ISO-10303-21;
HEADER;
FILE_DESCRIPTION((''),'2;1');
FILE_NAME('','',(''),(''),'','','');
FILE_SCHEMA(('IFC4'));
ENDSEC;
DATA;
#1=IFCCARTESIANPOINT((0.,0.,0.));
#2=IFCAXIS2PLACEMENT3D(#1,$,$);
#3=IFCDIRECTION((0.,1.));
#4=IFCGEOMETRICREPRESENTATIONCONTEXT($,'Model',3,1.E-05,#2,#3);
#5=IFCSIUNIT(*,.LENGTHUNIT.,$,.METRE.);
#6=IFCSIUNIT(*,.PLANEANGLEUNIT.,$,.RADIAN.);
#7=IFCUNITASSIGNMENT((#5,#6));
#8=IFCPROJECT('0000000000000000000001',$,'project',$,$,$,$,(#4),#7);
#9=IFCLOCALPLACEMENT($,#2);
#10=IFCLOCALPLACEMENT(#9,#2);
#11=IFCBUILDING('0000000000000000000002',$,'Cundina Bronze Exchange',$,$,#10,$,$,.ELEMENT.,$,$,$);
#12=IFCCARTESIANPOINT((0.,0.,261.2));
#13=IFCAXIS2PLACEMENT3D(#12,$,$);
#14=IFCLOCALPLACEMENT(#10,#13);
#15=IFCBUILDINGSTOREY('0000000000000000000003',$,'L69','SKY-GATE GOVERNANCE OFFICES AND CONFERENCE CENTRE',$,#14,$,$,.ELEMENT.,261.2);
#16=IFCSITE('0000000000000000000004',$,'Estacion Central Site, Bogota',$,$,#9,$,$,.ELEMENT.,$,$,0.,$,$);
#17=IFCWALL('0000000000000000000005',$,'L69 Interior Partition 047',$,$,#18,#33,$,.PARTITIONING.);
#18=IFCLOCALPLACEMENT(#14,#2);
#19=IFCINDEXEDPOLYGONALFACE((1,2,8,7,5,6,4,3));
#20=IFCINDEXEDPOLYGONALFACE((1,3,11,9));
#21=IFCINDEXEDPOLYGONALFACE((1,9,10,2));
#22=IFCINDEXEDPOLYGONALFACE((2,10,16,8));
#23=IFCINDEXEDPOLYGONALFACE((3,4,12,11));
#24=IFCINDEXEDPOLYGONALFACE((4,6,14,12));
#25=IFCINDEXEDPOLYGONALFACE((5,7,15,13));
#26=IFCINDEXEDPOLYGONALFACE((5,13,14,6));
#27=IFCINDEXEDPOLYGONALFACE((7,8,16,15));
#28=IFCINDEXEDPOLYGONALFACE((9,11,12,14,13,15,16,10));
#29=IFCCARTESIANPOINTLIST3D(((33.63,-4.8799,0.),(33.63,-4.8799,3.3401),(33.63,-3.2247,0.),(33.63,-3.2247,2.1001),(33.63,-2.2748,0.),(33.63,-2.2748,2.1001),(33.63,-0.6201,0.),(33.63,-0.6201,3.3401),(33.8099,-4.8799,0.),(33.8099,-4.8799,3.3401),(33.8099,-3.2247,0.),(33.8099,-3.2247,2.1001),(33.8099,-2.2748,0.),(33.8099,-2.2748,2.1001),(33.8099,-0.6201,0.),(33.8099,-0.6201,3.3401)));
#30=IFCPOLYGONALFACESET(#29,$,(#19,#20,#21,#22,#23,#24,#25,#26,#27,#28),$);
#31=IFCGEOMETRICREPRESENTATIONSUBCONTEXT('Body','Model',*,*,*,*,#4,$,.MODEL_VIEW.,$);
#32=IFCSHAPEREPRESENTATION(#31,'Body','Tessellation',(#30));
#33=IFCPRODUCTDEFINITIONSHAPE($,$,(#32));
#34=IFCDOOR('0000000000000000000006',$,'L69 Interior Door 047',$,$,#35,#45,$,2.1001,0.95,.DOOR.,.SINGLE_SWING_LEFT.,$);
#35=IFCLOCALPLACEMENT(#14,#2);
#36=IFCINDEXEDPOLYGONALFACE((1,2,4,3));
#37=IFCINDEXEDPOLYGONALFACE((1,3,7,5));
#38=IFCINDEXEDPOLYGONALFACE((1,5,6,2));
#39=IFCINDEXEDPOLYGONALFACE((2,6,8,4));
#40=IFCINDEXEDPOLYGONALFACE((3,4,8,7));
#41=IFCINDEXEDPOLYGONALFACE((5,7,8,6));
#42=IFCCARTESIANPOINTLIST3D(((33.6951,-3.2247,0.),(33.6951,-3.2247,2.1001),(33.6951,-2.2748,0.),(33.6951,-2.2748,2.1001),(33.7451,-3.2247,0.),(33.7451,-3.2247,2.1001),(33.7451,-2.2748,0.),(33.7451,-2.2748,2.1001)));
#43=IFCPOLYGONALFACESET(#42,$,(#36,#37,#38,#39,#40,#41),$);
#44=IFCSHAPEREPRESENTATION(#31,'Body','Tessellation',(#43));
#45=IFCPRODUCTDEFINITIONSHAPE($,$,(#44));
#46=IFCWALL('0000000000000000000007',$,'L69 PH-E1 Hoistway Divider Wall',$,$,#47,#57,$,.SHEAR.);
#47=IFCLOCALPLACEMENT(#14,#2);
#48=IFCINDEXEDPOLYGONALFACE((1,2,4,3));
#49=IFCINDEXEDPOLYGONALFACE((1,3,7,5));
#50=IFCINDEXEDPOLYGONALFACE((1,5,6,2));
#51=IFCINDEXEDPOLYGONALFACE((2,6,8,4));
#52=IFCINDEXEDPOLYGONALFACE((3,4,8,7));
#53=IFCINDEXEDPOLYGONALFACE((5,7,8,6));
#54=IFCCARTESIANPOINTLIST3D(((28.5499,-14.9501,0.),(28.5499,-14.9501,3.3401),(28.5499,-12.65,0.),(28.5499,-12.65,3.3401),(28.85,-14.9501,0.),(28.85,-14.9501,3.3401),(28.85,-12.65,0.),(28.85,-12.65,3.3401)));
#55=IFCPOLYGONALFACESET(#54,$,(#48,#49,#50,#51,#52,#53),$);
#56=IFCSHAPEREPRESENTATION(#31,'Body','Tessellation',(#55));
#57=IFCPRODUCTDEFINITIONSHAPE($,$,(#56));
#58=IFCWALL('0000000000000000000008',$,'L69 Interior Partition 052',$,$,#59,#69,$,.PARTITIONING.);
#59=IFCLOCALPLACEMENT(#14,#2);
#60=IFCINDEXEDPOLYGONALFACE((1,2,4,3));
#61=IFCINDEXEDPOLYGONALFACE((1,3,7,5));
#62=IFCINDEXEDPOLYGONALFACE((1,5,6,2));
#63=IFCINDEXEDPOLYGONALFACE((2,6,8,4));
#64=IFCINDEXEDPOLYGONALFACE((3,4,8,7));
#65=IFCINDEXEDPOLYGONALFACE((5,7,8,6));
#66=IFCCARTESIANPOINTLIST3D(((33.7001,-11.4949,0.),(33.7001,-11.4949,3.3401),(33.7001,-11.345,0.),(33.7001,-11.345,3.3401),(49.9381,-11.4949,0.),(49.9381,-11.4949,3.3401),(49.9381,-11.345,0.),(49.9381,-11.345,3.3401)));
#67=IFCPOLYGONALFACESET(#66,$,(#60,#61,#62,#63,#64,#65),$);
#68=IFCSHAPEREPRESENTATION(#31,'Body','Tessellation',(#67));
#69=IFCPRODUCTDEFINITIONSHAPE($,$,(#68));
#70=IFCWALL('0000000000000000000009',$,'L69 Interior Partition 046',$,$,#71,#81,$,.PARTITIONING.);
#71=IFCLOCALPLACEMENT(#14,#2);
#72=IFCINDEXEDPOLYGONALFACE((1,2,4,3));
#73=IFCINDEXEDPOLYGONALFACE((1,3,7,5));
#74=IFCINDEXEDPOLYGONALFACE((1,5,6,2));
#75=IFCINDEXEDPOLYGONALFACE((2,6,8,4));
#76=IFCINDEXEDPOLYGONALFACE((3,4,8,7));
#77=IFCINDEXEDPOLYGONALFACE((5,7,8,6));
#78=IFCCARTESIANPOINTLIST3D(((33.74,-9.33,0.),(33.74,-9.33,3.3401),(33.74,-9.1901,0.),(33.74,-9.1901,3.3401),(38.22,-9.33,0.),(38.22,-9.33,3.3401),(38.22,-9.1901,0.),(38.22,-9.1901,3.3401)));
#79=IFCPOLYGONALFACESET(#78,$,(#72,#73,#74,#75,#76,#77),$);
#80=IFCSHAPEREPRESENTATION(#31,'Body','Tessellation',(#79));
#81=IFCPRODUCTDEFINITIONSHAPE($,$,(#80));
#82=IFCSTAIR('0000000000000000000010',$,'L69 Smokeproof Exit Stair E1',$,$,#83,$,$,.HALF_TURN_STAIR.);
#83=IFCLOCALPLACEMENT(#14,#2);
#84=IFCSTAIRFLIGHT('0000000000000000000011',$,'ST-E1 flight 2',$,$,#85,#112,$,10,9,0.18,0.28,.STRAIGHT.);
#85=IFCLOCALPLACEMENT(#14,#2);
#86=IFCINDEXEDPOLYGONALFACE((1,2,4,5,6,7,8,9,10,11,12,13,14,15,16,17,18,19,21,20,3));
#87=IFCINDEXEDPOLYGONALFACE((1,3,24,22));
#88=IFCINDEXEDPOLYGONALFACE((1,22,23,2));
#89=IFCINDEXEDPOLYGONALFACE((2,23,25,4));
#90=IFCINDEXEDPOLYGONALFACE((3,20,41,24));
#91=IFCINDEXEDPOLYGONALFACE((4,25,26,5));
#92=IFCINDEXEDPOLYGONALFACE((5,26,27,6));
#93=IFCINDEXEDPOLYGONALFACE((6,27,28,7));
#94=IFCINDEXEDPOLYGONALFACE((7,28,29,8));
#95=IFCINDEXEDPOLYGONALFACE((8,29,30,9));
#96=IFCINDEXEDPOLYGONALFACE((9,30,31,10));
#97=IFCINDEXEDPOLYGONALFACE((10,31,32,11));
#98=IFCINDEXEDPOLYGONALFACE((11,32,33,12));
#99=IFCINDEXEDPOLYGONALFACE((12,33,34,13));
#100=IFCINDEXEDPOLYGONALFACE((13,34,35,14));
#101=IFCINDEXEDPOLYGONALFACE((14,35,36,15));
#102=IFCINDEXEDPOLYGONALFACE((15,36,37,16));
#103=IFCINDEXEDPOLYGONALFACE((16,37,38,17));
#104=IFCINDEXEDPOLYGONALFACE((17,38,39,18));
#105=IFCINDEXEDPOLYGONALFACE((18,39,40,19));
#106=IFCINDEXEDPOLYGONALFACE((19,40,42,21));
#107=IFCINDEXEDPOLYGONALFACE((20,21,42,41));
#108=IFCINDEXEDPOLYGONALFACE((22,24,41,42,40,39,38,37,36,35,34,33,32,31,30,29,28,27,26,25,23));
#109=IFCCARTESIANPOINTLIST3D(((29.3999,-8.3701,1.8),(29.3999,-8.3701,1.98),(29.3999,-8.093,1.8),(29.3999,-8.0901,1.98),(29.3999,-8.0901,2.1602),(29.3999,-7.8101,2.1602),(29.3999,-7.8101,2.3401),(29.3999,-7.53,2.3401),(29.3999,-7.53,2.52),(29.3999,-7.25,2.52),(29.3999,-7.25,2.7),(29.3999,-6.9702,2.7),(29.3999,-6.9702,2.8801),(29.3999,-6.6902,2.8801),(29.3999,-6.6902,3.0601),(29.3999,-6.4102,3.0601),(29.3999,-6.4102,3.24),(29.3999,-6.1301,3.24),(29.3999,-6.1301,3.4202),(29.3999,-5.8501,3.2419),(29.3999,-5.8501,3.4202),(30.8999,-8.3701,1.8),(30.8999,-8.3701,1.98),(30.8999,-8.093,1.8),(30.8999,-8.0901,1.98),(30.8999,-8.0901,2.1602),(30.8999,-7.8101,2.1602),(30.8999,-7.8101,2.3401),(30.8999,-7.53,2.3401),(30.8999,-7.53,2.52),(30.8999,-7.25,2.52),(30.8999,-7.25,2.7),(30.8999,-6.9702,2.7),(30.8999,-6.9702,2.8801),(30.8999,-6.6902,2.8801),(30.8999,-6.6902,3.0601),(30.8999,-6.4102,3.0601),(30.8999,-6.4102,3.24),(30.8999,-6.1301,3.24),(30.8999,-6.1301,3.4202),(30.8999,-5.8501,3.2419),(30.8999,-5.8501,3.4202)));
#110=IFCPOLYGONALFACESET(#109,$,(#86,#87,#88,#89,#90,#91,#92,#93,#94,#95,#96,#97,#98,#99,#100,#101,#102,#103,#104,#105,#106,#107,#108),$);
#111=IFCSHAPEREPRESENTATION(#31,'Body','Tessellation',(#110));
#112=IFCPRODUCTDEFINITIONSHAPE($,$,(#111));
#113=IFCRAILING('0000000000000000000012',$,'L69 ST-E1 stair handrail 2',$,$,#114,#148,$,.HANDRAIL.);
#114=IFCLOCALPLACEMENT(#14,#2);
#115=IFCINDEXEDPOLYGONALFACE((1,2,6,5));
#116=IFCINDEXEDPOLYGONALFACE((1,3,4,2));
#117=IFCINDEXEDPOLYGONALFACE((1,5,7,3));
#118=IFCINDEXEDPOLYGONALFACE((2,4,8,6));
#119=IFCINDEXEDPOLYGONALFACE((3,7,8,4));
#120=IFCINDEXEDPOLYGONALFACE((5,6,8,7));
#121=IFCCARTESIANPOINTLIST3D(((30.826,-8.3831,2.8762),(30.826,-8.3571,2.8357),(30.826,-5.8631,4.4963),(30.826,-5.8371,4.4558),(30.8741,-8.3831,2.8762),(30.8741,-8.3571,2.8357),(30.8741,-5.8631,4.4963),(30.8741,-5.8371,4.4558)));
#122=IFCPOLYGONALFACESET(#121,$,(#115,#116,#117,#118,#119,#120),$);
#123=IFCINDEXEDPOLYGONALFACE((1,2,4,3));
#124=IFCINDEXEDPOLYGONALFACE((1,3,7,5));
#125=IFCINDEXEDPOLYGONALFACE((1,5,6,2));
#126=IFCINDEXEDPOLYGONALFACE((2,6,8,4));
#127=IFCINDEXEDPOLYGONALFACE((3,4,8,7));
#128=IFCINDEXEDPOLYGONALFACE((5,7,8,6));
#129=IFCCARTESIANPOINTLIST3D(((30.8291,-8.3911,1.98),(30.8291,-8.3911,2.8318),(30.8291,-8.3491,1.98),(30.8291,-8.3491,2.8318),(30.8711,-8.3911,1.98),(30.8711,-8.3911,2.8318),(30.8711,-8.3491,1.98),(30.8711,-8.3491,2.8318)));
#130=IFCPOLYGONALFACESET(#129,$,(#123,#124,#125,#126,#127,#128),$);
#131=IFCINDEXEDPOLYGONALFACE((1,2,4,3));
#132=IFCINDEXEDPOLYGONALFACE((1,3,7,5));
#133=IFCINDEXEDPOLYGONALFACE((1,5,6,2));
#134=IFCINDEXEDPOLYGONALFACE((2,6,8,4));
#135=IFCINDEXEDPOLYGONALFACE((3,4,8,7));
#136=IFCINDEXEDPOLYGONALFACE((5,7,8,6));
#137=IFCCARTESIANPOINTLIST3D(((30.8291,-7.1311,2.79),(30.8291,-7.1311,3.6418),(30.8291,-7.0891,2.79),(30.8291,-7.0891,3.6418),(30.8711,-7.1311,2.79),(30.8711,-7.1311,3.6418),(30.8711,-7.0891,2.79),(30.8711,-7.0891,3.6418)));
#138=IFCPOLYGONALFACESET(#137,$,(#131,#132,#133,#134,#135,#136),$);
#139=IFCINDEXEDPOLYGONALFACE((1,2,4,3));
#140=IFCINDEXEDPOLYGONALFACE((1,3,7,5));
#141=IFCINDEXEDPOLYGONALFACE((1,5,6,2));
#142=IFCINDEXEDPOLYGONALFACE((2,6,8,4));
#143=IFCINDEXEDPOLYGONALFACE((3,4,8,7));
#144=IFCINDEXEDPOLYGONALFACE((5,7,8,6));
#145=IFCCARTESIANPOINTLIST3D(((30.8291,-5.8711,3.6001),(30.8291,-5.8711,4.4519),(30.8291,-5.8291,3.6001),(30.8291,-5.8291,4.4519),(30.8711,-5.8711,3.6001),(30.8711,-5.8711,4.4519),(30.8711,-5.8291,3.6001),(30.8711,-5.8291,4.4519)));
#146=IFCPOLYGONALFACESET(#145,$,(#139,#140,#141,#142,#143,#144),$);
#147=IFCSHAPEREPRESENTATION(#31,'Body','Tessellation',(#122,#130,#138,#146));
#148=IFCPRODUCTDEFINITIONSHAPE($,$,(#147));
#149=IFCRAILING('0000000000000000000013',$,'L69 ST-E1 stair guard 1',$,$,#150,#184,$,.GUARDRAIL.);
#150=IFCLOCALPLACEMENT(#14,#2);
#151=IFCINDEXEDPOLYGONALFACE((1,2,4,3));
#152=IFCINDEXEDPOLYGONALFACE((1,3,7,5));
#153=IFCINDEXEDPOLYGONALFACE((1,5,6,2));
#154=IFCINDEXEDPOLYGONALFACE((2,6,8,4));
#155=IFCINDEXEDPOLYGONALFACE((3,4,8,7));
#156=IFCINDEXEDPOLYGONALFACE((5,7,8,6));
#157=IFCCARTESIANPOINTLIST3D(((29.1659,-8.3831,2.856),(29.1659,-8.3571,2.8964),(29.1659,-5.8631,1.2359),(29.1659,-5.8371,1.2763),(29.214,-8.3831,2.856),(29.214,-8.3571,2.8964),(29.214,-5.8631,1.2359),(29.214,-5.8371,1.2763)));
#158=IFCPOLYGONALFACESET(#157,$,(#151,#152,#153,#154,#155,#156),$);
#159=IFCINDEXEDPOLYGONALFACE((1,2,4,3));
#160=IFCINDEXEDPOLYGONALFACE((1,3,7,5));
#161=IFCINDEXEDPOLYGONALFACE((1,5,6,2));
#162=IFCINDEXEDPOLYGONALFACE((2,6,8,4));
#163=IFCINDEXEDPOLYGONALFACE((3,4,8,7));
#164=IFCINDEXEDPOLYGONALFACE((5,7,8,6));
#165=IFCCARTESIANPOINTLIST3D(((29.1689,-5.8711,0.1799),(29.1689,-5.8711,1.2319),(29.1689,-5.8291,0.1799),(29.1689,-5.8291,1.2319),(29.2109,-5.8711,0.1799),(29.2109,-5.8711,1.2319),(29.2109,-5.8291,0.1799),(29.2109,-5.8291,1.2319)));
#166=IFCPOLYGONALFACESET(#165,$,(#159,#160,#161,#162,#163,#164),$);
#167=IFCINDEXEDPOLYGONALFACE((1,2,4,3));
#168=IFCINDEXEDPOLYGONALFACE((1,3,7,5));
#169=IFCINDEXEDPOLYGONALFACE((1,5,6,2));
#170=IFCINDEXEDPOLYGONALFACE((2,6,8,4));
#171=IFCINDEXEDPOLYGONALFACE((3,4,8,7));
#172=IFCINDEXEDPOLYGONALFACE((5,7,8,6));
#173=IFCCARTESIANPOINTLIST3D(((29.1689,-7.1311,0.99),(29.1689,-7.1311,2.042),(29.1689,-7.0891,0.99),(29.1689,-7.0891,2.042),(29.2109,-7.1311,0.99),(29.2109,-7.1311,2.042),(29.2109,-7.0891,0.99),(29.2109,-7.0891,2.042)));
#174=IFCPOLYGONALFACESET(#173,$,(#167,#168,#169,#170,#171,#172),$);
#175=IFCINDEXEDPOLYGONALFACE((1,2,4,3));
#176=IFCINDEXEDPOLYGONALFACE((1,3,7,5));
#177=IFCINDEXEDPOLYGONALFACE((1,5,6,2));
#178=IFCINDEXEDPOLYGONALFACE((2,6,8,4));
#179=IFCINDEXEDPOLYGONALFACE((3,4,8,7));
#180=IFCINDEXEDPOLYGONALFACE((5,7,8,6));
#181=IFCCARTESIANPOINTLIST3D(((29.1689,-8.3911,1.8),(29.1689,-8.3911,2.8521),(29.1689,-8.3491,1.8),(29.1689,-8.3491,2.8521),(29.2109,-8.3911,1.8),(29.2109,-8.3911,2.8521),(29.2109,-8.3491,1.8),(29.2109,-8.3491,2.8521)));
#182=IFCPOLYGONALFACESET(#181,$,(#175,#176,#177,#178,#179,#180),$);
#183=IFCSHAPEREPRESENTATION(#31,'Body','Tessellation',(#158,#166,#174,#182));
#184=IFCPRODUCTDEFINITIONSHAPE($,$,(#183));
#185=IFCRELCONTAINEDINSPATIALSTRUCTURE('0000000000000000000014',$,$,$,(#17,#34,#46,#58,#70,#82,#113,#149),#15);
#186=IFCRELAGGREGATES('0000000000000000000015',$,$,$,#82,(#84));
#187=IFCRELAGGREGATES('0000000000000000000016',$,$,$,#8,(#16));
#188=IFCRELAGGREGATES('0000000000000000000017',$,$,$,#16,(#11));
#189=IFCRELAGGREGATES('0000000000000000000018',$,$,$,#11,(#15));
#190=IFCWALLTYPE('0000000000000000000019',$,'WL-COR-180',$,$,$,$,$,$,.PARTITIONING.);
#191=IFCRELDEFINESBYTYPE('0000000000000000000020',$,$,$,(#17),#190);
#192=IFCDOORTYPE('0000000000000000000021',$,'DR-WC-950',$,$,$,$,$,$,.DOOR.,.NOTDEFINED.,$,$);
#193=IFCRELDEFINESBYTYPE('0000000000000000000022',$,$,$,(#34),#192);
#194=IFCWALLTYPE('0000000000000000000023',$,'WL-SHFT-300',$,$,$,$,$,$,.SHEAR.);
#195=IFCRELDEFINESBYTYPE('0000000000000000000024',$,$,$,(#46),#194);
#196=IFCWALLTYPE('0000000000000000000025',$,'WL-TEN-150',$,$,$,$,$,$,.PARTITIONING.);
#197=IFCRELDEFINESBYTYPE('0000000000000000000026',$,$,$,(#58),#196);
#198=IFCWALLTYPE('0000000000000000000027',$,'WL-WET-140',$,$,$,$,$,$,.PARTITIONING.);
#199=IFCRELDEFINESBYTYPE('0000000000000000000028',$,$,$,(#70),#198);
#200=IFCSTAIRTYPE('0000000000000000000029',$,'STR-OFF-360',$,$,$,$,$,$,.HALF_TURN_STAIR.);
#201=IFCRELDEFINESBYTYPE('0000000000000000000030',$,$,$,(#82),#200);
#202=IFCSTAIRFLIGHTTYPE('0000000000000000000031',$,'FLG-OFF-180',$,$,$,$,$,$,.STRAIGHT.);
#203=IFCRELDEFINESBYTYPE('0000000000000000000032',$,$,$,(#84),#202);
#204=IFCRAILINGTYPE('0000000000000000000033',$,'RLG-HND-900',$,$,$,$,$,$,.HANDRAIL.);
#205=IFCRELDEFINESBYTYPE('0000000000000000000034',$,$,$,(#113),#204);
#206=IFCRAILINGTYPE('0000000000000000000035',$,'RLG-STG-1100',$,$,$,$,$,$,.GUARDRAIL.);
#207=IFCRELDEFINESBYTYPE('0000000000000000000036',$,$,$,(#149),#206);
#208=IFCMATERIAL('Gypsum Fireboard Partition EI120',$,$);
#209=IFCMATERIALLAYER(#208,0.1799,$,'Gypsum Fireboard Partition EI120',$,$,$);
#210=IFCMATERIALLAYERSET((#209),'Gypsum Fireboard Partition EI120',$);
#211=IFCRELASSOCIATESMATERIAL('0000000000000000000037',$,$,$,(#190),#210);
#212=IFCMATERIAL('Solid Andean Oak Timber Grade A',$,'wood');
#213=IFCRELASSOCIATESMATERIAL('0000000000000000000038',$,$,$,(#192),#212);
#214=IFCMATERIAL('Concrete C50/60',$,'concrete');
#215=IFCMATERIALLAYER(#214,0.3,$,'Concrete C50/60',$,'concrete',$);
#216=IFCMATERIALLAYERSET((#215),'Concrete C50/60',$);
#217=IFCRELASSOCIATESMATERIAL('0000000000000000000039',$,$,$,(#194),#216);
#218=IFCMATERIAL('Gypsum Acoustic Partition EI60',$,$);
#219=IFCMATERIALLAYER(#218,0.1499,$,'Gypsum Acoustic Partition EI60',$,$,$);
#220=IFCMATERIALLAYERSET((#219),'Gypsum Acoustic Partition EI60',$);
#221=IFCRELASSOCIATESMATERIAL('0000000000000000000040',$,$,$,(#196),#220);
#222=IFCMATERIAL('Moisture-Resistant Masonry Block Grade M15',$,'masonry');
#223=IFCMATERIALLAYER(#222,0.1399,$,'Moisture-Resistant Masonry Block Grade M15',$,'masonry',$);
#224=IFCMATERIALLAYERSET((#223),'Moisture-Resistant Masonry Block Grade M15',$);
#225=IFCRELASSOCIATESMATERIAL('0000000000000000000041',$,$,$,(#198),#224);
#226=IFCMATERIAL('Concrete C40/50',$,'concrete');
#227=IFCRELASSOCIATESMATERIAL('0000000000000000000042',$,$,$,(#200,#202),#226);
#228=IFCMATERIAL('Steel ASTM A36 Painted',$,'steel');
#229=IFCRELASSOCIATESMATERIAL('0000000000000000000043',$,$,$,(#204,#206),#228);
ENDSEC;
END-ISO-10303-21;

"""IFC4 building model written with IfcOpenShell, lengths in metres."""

from ifc_helpers import new_model, si_unit, direction, frame, frame_2d, origin, origin_2d, place, context, subcontext, project, spatial, polyline, rectangle, outline, extrude, material, layer, layer_set, type_object, element, fill, aggregate, save


model = new_model("IFC4")

# Units and contexts
model_context = context("Model", 3, precision=1e-05, world=origin(), true_north=direction((0.0, 1.0)))
body_context = subcontext(model_context, "Body", "Model", "MODEL_VIEW")
ifc_project = project(units=[si_unit("LENGTHUNIT", "METRE"), si_unit("PLANEANGLEUNIT", "RADIAN")], contexts=[model_context])

# Site, building, storey
site_placement = place(None, origin())
site = spatial("IfcSite", under=ifc_project, at=site_placement, Name="Estacion Central Site, Bogota", CompositionType="ELEMENT", RefElevation=0.0)
building_placement = place(site_placement, origin())
building = spatial("IfcBuilding", under=site, at=building_placement, Name="Cundina Bronze Exchange", CompositionType="ELEMENT")
storey_placement = place(building_placement, frame((0.0, 0.0, 261.2)))
storey = spatial("IfcBuildingStorey", under=building, at=storey_placement, Name="L69", Description="SKY-GATE GOVERNANCE OFFICES AND CONFERENCE CENTRE", CompositionType="ELEMENT", Elevation=261.2)

# Wall, opening, door
ifc_material_1 = material(Name="Gypsum Fireboard Partition EI120")
ifc_layer_1 = layer(ifc_material_1, 0.1799, Name="Gypsum Fireboard Partition EI120")
ifc_layer_set_1 = layer_set([ifc_layer_1], Name="Gypsum Fireboard Partition EI120")
wall_type_1 = type_object("IfcWallType", Name="WL-COR-180", PredefinedType="PARTITIONING", material=ifc_layer_set_1)
wall_1_placement = place(storey_placement, frame((33.72, -4.8799, 0.0), z_axis=(0.0, 0.0, 1.0), x_axis=(0.0, 1.0, 0.0)))
wall_1 = element("IfcWall", 1, at=wall_1_placement, inside=storey, type_object=wall_type_1, Name="L69 Interior Partition 047", PredefinedType="PARTITIONING", context=body_context, shape_type="SweptSolid", body=[
    extrude(rectangle(XDim=4.2598, YDim=0.1799, at=frame_2d((2.1299, 0.0))), origin(), (0.0, 0.0, 1.0), 3.3401),
])
opening_1_placement = place(wall_1_placement, frame((1.655, 0.0, 0.0)))
opening_1 = element("IfcOpeningElement", 2, at=opening_1_placement, cuts=wall_1, PredefinedType="OPENING", context=body_context, shape_type="SweptSolid", body=[
    extrude(rectangle(XDim=0.95, YDim=2.1001, at=frame_2d((0.4751, 1.05))), frame((0.0, 0.0999, 0.0), z_axis=(0.0, -1.0, 0.0), x_axis=(1.0, 0.0, 0.0)), (0.0, 0.0, 1.0), 0.2),
])
ifc_material_2 = material(Name="Solid Andean Oak Timber Grade A", Category="wood")
door_type_1 = type_object("IfcDoorType", Name="DR-WC-950", OperationType="NOTDEFINED", PredefinedType="DOOR", material=ifc_material_2)
door_1_placement = place(opening_1_placement, origin())
door_1 = element("IfcDoor", 3, at=door_1_placement, inside=storey, type_object=door_type_1, Name="L69 Interior Door 047", OperationType="SINGLE_SWING_LEFT", OverallHeight=2.1001, OverallWidth=0.95, PredefinedType="DOOR", context=body_context, shape_type="SweptSolid", body=[
    extrude(rectangle(XDim=0.95, YDim=2.1001, at=frame_2d((0.4751, 1.05))), frame((0.0, 0.0249, 0.0), z_axis=(0.0, -1.0, 0.0), x_axis=(1.0, 0.0, 0.0)), (0.0, 0.0, 1.0), 0.05),
])
fill(opening_1, door_1)

# Walls
ifc_material_3 = material(Name="Concrete C50/60", Category="concrete")
ifc_layer_2 = layer(ifc_material_3, 0.3, Name="Concrete C50/60", Category="concrete")
ifc_layer_set_2 = layer_set([ifc_layer_2], Name="Concrete C50/60")
wall_type_2 = type_object("IfcWallType", Name="WL-SHFT-300", PredefinedType="SHEAR", material=ifc_layer_set_2)
wall_2_placement = place(storey_placement, frame((28.7, -14.95, 0.0), z_axis=(0.0, 0.0, 1.0), x_axis=(0.0, 1.0, 0.0)))
element("IfcWall", 4, at=wall_2_placement, inside=storey, type_object=wall_type_2, Name="L69 PH-E1 Hoistway Divider Wall", PredefinedType="SHEAR", context=body_context, shape_type="SweptSolid", body=[
    extrude(rectangle(XDim=2.3, YDim=0.3, at=frame_2d((1.1499, 0.0))), origin(), (0.0, 0.0, 1.0), 3.3401),
])
ifc_material_4 = material(Name="Gypsum Acoustic Partition EI60")
ifc_layer_3 = layer(ifc_material_4, 0.1499, Name="Gypsum Acoustic Partition EI60")
ifc_layer_set_3 = layer_set([ifc_layer_3], Name="Gypsum Acoustic Partition EI60")
wall_type_3 = type_object("IfcWallType", Name="WL-TEN-150", PredefinedType="PARTITIONING", material=ifc_layer_set_3)
wall_3_placement = place(storey_placement, frame((33.7, -11.4199, 0.0), z_axis=(0.0, 0.0, 1.0), x_axis=(1.0, 0.0, 0.0)))
element("IfcWall", 5, at=wall_3_placement, inside=storey, type_object=wall_type_3, Name="L69 Interior Partition 052", PredefinedType="PARTITIONING", context=body_context, shape_type="SweptSolid", body=[
    extrude(rectangle(XDim=16.238, YDim=0.1499, at=frame_2d((8.1191, 0.0))), origin(), (0.0, 0.0, 1.0), 3.3401),
])
ifc_material_5 = material(Name="Moisture-Resistant Masonry Block Grade M15", Category="masonry")
ifc_layer_4 = layer(ifc_material_5, 0.1399, Name="Moisture-Resistant Masonry Block Grade M15", Category="masonry")
ifc_layer_set_4 = layer_set([ifc_layer_4], Name="Moisture-Resistant Masonry Block Grade M15")
wall_type_4 = type_object("IfcWallType", Name="WL-WET-140", PredefinedType="PARTITIONING", material=ifc_layer_set_4)
wall_4_placement = place(storey_placement, frame((33.74, -9.26, 0.0), z_axis=(0.0, 0.0, 1.0), x_axis=(1.0, 0.0, 0.0)))
element("IfcWall", 6, at=wall_4_placement, inside=storey, type_object=wall_type_4, Name="L69 Interior Partition 046", PredefinedType="PARTITIONING", context=body_context, shape_type="SweptSolid", body=[
    extrude(rectangle(XDim=4.48, YDim=0.1399, at=frame_2d((2.24, 0.0))), origin(), (0.0, 0.0, 1.0), 3.3401),
])

# Stair, stair flight
ifc_material_6 = material(Name="Concrete C40/50", Category="concrete")
stair_type = type_object("IfcStairType", Name="STR-OFF-360", PredefinedType="HALF_TURN_STAIR", material=ifc_material_6)
stair_placement = place(storey_placement, origin())
stair = element("IfcStair", 7, at=stair_placement, inside=storey, type_object=stair_type, Name="L69 Smokeproof Exit Stair E1", PredefinedType="HALF_TURN_STAIR")
stair_flight_type = type_object("IfcStairFlightType", Name="FLG-OFF-180", PredefinedType="STRAIGHT", material=ifc_material_6)
stair_flight_placement = place(storey_placement, frame((30.1499, -8.3701, 1.8), z_axis=(0.0, 0.0, 1.0), x_axis=(0.0, 1.0, 0.0)))
stair_flight = element("IfcStairFlight", 8, at=stair_flight_placement, type_object=stair_flight_type, Name="ST-E1 flight 2", NumberOfRisers=10, NumberOfTreads=9, PredefinedType="STRAIGHT", RiserHeight=0.18, TreadLength=0.28, context=body_context, shape_type="SweptSolid", body=[
    extrude(outline(polyline([(0.0, 0.0), (0.0, 0.1799), (0.28, 0.1799), (0.28, 0.3601), (0.5601, 0.3601), (0.5601, 0.54), (0.8401, 0.54), (0.8401, 0.72), (1.1201, 0.72), (1.1201, 0.8999), (1.3999, 0.8999), (1.3999, 1.0801), (1.6799, 1.0801), (1.6799, 1.26), (1.96, 1.26), (1.96, 1.4399), (2.24, 1.4399), (2.24, 1.6201), (2.52, 1.6201), (2.52, 1.8), (2.52, 1.4419), (0.2771, 0.0), (0.0, 0.0)])), frame((0.0, 0.75, 0.0), z_axis=(0.0, -1.0, 0.0), x_axis=(1.0, 0.0, 0.0)), (0.0, 0.0, 1.0), 1.5),
])
aggregate(stair, [stair_flight])

# Railings
ifc_material_7 = material(Name="Steel ASTM A36 Painted", Category="steel")
railing_type_1 = type_object("IfcRailingType", Name="RLG-HND-900", PredefinedType="HANDRAIL", material=ifc_material_7)
railing_1_placement = place(storey_placement, frame((30.8501, -8.3701, 1.98)))
element("IfcRailing", 9, at=railing_1_placement, inside=storey, type_object=railing_type_1, Name="L69 ST-E1 stair handrail 2", PredefinedType="HANDRAIL", context=body_context, shape_type="SweptSolid", body=[
    extrude(rectangle(XDim=0.0481, YDim=0.0481, at=origin_2d()), frame((0.0, 0.0, 0.876), z_axis=(0.0, 0.841163, 0.540782), x_axis=(-1.0, 0.0, 0.0)), (0.0, 0.0, 1.0), 2.9958),
    extrude(rectangle(XDim=0.042, YDim=0.042, at=origin_2d()), origin(), (0.0, 0.0, 1.0), 0.8518),
    extrude(rectangle(XDim=0.042, YDim=0.042, at=origin_2d()), frame((0.0, 1.26, 0.8101)), (0.0, 0.0, 1.0), 0.8518),
    extrude(rectangle(XDim=0.042, YDim=0.042, at=origin_2d()), frame((0.0, 2.52, 1.6201)), (0.0, 0.0, 1.0), 0.8518),
])
railing_type_2 = type_object("IfcRailingType", Name="RLG-STG-1100", PredefinedType="GUARDRAIL", material=ifc_material_7)
railing_2_placement = place(storey_placement, frame((29.1899, -5.8501, 0.1799)))
element("IfcRailing", 10, at=railing_2_placement, inside=storey, type_object=railing_type_2, Name="L69 ST-E1 stair guard 1", PredefinedType="GUARDRAIL", context=body_context, shape_type="SweptSolid", body=[
    extrude(rectangle(XDim=0.0481, YDim=0.0481, at=origin_2d()), frame((0.0, 0.0, 1.0762), z_axis=(0.0, -0.841163, 0.540782), x_axis=(1.0, 0.0, 0.0)), (0.0, 0.0, 1.0), 2.9958),
    extrude(rectangle(XDim=0.042, YDim=0.042, at=origin_2d()), origin(), (0.0, 0.0, 1.0), 1.052),
    extrude(rectangle(XDim=0.042, YDim=0.042, at=origin_2d()), frame((0.0, -1.26, 0.8101)), (0.0, 0.0, 1.0), 1.052),
    extrude(rectangle(XDim=0.042, YDim=0.042, at=origin_2d()), frame((0.0, -2.52, 1.6201)), (0.0, 0.0, 1.0), 1.052),
])

save(model, "model.ifc")
